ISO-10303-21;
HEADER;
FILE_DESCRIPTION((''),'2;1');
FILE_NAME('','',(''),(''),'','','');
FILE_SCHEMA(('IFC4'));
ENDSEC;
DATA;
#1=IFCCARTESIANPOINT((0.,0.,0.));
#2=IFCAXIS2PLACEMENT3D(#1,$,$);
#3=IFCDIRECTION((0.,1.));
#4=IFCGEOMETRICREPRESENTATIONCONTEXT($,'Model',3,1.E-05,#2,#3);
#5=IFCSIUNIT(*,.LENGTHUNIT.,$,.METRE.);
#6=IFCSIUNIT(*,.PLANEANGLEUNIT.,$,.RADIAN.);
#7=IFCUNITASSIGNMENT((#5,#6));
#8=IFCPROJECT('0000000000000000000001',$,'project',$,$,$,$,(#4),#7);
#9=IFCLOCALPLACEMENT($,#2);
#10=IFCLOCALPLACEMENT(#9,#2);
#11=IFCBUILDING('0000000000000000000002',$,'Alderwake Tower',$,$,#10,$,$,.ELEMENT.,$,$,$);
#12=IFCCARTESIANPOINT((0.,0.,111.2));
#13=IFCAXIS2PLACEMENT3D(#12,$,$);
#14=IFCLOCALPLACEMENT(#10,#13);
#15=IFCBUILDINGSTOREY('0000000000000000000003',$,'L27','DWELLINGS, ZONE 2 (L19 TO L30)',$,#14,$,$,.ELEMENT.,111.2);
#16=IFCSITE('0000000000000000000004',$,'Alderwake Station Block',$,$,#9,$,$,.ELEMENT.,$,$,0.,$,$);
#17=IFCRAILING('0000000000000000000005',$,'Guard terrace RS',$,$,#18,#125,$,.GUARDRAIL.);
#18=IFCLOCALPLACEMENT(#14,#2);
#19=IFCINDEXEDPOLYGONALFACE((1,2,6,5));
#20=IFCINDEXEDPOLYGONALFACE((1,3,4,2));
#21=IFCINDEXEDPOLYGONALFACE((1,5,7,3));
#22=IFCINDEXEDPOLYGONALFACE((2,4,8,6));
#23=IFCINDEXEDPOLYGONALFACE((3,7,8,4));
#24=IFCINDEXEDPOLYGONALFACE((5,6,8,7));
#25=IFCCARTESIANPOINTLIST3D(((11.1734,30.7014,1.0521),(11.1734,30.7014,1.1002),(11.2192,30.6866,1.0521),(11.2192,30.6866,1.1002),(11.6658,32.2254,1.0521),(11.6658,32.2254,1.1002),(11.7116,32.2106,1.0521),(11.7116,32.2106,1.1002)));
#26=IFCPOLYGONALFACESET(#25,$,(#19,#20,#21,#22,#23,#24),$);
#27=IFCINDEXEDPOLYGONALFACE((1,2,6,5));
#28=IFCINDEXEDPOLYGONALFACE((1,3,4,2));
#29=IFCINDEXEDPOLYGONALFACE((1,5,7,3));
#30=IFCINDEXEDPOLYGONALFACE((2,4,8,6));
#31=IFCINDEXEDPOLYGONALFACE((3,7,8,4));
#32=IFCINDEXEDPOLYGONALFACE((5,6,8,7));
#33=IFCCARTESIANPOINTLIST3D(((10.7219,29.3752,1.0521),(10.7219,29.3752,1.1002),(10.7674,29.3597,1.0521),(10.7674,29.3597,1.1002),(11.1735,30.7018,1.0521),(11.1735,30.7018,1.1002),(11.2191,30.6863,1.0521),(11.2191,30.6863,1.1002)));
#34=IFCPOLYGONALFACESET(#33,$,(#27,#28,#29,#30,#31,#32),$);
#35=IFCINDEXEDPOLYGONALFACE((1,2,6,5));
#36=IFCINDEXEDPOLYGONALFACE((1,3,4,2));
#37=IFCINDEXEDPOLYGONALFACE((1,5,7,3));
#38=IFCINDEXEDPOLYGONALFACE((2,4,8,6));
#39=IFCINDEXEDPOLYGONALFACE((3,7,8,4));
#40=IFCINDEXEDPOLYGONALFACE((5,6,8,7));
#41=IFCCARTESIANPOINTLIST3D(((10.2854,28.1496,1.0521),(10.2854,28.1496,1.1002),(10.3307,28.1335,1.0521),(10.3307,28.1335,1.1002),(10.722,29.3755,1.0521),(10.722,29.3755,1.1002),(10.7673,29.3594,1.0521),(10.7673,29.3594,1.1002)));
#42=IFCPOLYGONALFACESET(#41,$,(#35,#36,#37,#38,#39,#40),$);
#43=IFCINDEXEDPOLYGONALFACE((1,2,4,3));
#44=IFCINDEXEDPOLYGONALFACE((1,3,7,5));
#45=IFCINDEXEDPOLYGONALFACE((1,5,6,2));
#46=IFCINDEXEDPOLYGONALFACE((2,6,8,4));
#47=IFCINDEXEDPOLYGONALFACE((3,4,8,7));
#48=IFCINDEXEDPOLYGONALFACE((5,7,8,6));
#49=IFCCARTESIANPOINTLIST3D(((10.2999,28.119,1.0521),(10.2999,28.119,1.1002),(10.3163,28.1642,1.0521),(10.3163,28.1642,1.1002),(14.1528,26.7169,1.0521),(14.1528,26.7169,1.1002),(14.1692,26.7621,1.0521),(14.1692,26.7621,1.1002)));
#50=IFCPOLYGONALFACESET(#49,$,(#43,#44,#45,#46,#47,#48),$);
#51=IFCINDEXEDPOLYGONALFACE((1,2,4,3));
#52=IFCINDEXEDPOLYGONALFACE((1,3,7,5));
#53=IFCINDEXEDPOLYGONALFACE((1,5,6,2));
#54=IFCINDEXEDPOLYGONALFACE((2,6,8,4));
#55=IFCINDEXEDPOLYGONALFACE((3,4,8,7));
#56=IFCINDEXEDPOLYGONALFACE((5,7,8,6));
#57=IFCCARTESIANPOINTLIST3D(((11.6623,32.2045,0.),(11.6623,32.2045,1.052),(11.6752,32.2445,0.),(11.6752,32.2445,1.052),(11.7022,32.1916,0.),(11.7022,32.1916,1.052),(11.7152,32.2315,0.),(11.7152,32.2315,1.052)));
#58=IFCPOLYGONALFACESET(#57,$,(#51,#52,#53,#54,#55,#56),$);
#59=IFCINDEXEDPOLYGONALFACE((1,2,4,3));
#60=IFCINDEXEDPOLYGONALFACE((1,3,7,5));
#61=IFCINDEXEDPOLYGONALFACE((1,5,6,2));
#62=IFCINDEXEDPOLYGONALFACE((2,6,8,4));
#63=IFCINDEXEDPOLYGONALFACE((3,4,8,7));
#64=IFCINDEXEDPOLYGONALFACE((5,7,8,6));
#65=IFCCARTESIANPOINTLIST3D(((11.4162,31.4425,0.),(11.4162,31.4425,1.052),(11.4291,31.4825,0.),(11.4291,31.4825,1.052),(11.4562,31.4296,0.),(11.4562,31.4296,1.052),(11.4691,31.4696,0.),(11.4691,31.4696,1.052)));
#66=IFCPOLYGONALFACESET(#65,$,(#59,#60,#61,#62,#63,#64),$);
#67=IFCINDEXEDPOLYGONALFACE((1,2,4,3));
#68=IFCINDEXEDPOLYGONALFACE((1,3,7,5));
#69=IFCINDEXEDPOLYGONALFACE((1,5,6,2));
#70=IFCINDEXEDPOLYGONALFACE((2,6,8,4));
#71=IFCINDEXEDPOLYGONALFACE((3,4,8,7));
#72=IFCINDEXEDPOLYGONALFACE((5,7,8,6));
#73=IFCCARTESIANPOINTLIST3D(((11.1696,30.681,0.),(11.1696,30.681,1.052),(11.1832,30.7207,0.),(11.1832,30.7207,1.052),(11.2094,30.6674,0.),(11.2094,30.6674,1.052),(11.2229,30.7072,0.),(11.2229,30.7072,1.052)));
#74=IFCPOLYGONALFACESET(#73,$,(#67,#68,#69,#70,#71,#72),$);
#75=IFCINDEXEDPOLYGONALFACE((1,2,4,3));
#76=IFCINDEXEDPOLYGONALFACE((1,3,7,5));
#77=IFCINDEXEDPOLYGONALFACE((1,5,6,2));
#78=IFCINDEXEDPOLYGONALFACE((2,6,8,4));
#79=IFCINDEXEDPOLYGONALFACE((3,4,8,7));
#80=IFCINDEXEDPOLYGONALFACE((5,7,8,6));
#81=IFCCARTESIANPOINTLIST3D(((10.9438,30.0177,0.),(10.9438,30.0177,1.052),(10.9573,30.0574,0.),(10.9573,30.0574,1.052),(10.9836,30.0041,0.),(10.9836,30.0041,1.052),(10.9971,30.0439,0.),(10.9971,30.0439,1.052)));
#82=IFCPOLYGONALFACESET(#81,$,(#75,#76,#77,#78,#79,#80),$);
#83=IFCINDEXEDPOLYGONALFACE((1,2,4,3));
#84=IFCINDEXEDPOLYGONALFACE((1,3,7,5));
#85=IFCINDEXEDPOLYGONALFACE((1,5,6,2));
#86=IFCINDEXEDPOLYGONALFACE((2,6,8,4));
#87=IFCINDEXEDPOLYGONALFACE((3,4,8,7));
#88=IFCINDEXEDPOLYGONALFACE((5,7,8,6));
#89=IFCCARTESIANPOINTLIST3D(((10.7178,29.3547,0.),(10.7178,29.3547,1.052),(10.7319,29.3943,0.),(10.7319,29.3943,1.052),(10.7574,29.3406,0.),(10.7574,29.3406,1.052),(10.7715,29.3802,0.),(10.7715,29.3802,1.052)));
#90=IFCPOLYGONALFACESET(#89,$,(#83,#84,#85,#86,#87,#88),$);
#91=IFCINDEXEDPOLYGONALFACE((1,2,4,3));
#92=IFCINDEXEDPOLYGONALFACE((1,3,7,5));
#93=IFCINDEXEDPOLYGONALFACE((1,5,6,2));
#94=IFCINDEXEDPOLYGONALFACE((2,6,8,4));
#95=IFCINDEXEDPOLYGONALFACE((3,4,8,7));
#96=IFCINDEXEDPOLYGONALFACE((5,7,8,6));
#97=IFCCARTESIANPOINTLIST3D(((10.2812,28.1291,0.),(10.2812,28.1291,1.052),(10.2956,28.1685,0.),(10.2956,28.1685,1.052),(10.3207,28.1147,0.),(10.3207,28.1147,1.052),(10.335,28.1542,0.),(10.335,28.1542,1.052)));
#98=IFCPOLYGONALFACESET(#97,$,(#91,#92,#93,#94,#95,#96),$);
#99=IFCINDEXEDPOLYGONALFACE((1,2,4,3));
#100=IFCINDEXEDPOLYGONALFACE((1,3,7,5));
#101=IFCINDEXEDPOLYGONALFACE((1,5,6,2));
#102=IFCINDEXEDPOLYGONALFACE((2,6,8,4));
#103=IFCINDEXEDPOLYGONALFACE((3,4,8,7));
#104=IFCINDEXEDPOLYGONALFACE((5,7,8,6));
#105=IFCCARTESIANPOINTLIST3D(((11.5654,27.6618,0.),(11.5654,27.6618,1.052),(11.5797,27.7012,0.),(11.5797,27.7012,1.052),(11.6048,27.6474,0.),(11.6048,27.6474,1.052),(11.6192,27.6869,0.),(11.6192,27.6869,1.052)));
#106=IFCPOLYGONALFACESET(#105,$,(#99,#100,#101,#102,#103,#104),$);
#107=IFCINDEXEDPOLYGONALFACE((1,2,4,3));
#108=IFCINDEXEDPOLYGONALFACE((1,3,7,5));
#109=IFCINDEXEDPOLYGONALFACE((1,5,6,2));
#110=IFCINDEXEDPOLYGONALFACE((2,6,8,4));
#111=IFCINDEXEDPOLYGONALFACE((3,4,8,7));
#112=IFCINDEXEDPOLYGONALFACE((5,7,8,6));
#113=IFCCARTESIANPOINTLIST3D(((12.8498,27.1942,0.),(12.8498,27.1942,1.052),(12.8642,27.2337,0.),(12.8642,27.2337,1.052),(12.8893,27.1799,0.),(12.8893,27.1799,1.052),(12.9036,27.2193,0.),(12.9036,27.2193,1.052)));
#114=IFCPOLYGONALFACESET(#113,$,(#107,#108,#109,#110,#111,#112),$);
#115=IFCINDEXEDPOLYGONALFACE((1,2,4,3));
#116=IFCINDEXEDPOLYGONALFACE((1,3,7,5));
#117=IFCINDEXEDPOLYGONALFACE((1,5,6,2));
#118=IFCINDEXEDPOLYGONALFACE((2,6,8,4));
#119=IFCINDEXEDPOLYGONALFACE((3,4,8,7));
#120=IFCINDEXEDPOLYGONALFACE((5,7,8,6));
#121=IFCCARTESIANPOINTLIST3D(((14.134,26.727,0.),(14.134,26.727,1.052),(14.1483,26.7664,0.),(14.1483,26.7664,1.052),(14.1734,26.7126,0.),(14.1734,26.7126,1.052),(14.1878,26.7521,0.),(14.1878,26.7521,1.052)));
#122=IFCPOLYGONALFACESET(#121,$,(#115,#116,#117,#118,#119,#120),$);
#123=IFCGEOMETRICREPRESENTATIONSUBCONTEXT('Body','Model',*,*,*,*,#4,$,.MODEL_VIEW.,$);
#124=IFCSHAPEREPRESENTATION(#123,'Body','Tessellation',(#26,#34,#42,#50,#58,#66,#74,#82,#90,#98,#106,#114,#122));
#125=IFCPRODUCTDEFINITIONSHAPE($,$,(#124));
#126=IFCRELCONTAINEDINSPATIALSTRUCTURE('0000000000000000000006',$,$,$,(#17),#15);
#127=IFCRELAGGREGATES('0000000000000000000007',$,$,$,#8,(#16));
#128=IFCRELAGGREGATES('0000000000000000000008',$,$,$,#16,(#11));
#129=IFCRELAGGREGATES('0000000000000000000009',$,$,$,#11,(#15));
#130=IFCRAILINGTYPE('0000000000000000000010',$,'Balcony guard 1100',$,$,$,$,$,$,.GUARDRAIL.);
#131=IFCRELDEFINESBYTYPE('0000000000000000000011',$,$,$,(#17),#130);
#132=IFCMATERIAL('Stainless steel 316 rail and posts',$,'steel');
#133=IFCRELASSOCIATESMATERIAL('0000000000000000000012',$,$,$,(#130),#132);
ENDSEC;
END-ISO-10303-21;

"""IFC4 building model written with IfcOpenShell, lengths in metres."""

from ifc_helpers import new_model, si_unit, direction, frame, origin, origin_2d, place, context, subcontext, project, spatial, rectangle, extrude, material, type_object, element, save


model = new_model("IFC4")

# Units and contexts
model_context = context("Model", 3, precision=1e-05, world=origin(), true_north=direction((0.0, 1.0)))
body_context = subcontext(model_context, "Body", "Model", "MODEL_VIEW")
ifc_project = project(units=[si_unit("LENGTHUNIT", "METRE"), si_unit("PLANEANGLEUNIT", "RADIAN")], contexts=[model_context])

# Site, building, storey
site_placement = place(None, origin())
site = spatial("IfcSite", under=ifc_project, at=site_placement, Name="Alderwake Station Block", CompositionType="ELEMENT", RefElevation=0.0)
building_placement = place(site_placement, origin())
building = spatial("IfcBuilding", under=site, at=building_placement, Name="Alderwake Tower", CompositionType="ELEMENT")
storey_placement = place(building_placement, frame((0.0, 0.0, 111.2)))
storey = spatial("IfcBuildingStorey", under=building, at=storey_placement, Name="L27", Description="DWELLINGS, ZONE 2 (L19 TO L30)", CompositionType="ELEMENT", Elevation=111.2)

# Railing
ifc_material_1 = material(Name="Stainless steel 316 rail and posts", Category="steel")
railing_type = type_object("IfcRailingType", Name="Balcony guard 1100", PredefinedType="GUARDRAIL", material=ifc_material_1)
railing_1_placement = place(storey_placement, frame((11.6887, 32.218, 0.0)))
element("IfcRailing", 1, at=railing_1_placement, inside=storey, type_object=railing_type, Name="Guard terrace RS", PredefinedType="GUARDRAIL", context=body_context, shape_type="SweptSolid", body=[
    extrude(rectangle(XDim=0.0481, YDim=0.0481, at=origin_2d()), frame((0.0, 0.0, 1.0762), z_axis=(-0.307479, -0.951555, 0.0), x_axis=(0.951555, -0.307479, 0.0)), (0.0, 0.0, 1.0), 1.6016),
    extrude(rectangle(XDim=0.0481, YDim=0.0481, at=origin_2d()), frame((-0.4924, -1.5239, 1.0762), z_axis=(-0.322284, -0.946643, 0.0), x_axis=(0.946643, -0.322284, 0.0)), (0.0, 0.0, 1.0), 1.4014),
    extrude(rectangle(XDim=0.0481, YDim=0.0481, at=origin_2d()), frame((-0.9441, -2.8506, 1.0762), z_axis=(-0.335469, -0.942051, 0.0), x_axis=(0.942051, -0.335469, 0.0)), (0.0, 0.0, 1.0), 1.3013),
    extrude(rectangle(XDim=0.0481, YDim=0.0481, at=origin_2d()), frame((-1.3806, -4.0764, 1.0762), z_axis=(0.939708, -0.341977, 0.0), x_axis=(0.341977, 0.939708, 0.0)), (0.0, 0.0, 1.0), 4.1001),
    extrude(rectangle(XDim=0.042, YDim=0.042, at=origin_2d()), frame((0.0, 0.0, 0.0), z_axis=(0.0, 0.0, 1.0), x_axis=(-0.307479, -0.951555, 0.0)), (0.0, 0.0, 1.0), 1.052),
    extrude(rectangle(XDim=0.042, YDim=0.042, at=origin_2d()), frame((-0.2461, -0.762, 0.0), z_axis=(0.0, 0.0, 1.0), x_axis=(-0.307479, -0.951555, 0.0)), (0.0, 0.0, 1.0), 1.052),
    extrude(rectangle(XDim=0.042, YDim=0.042, at=origin_2d()), frame((-0.4924, -1.5239, 0.0), z_axis=(0.0, 0.0, 1.0), x_axis=(-0.322284, -0.946643, 0.0)), (0.0, 0.0, 1.0), 1.052),
    extrude(rectangle(XDim=0.042, YDim=0.042, at=origin_2d()), frame((-0.7183, -2.1873, 0.0), z_axis=(0.0, 0.0, 1.0), x_axis=(-0.322284, -0.946643, 0.0)), (0.0, 0.0, 1.0), 1.052),
    extrude(rectangle(XDim=0.042, YDim=0.042, at=origin_2d()), frame((-0.9441, -2.8506, 0.0), z_axis=(0.0, 0.0, 1.0), x_axis=(-0.335469, -0.942051, 0.0)), (0.0, 0.0, 1.0), 1.052),
    extrude(rectangle(XDim=0.042, YDim=0.042, at=origin_2d()), frame((-1.3806, -4.0764, 0.0), z_axis=(0.0, 0.0, 1.0), x_axis=(0.939708, -0.341977, 0.0)), (0.0, 0.0, 1.0), 1.052),
    extrude(rectangle(XDim=0.042, YDim=0.042, at=origin_2d()), frame((-0.0964, -4.5437, 0.0), z_axis=(0.0, 0.0, 1.0), x_axis=(0.939708, -0.341977, 0.0)), (0.0, 0.0, 1.0), 1.052),
    extrude(rectangle(XDim=0.042, YDim=0.042, at=origin_2d()), frame((1.188, -5.0112, 0.0), z_axis=(0.0, 0.0, 1.0), x_axis=(0.939708, -0.341977, 0.0)), (0.0, 0.0, 1.0), 1.052),
    extrude(rectangle(XDim=0.042, YDim=0.042, at=origin_2d()), frame((2.4722, -5.4785, 0.0), z_axis=(0.0, 0.0, 1.0), x_axis=(0.939708, -0.341977, 0.0)), (0.0, 0.0, 1.0), 1.052),
])

save(model, "model.ifc")
